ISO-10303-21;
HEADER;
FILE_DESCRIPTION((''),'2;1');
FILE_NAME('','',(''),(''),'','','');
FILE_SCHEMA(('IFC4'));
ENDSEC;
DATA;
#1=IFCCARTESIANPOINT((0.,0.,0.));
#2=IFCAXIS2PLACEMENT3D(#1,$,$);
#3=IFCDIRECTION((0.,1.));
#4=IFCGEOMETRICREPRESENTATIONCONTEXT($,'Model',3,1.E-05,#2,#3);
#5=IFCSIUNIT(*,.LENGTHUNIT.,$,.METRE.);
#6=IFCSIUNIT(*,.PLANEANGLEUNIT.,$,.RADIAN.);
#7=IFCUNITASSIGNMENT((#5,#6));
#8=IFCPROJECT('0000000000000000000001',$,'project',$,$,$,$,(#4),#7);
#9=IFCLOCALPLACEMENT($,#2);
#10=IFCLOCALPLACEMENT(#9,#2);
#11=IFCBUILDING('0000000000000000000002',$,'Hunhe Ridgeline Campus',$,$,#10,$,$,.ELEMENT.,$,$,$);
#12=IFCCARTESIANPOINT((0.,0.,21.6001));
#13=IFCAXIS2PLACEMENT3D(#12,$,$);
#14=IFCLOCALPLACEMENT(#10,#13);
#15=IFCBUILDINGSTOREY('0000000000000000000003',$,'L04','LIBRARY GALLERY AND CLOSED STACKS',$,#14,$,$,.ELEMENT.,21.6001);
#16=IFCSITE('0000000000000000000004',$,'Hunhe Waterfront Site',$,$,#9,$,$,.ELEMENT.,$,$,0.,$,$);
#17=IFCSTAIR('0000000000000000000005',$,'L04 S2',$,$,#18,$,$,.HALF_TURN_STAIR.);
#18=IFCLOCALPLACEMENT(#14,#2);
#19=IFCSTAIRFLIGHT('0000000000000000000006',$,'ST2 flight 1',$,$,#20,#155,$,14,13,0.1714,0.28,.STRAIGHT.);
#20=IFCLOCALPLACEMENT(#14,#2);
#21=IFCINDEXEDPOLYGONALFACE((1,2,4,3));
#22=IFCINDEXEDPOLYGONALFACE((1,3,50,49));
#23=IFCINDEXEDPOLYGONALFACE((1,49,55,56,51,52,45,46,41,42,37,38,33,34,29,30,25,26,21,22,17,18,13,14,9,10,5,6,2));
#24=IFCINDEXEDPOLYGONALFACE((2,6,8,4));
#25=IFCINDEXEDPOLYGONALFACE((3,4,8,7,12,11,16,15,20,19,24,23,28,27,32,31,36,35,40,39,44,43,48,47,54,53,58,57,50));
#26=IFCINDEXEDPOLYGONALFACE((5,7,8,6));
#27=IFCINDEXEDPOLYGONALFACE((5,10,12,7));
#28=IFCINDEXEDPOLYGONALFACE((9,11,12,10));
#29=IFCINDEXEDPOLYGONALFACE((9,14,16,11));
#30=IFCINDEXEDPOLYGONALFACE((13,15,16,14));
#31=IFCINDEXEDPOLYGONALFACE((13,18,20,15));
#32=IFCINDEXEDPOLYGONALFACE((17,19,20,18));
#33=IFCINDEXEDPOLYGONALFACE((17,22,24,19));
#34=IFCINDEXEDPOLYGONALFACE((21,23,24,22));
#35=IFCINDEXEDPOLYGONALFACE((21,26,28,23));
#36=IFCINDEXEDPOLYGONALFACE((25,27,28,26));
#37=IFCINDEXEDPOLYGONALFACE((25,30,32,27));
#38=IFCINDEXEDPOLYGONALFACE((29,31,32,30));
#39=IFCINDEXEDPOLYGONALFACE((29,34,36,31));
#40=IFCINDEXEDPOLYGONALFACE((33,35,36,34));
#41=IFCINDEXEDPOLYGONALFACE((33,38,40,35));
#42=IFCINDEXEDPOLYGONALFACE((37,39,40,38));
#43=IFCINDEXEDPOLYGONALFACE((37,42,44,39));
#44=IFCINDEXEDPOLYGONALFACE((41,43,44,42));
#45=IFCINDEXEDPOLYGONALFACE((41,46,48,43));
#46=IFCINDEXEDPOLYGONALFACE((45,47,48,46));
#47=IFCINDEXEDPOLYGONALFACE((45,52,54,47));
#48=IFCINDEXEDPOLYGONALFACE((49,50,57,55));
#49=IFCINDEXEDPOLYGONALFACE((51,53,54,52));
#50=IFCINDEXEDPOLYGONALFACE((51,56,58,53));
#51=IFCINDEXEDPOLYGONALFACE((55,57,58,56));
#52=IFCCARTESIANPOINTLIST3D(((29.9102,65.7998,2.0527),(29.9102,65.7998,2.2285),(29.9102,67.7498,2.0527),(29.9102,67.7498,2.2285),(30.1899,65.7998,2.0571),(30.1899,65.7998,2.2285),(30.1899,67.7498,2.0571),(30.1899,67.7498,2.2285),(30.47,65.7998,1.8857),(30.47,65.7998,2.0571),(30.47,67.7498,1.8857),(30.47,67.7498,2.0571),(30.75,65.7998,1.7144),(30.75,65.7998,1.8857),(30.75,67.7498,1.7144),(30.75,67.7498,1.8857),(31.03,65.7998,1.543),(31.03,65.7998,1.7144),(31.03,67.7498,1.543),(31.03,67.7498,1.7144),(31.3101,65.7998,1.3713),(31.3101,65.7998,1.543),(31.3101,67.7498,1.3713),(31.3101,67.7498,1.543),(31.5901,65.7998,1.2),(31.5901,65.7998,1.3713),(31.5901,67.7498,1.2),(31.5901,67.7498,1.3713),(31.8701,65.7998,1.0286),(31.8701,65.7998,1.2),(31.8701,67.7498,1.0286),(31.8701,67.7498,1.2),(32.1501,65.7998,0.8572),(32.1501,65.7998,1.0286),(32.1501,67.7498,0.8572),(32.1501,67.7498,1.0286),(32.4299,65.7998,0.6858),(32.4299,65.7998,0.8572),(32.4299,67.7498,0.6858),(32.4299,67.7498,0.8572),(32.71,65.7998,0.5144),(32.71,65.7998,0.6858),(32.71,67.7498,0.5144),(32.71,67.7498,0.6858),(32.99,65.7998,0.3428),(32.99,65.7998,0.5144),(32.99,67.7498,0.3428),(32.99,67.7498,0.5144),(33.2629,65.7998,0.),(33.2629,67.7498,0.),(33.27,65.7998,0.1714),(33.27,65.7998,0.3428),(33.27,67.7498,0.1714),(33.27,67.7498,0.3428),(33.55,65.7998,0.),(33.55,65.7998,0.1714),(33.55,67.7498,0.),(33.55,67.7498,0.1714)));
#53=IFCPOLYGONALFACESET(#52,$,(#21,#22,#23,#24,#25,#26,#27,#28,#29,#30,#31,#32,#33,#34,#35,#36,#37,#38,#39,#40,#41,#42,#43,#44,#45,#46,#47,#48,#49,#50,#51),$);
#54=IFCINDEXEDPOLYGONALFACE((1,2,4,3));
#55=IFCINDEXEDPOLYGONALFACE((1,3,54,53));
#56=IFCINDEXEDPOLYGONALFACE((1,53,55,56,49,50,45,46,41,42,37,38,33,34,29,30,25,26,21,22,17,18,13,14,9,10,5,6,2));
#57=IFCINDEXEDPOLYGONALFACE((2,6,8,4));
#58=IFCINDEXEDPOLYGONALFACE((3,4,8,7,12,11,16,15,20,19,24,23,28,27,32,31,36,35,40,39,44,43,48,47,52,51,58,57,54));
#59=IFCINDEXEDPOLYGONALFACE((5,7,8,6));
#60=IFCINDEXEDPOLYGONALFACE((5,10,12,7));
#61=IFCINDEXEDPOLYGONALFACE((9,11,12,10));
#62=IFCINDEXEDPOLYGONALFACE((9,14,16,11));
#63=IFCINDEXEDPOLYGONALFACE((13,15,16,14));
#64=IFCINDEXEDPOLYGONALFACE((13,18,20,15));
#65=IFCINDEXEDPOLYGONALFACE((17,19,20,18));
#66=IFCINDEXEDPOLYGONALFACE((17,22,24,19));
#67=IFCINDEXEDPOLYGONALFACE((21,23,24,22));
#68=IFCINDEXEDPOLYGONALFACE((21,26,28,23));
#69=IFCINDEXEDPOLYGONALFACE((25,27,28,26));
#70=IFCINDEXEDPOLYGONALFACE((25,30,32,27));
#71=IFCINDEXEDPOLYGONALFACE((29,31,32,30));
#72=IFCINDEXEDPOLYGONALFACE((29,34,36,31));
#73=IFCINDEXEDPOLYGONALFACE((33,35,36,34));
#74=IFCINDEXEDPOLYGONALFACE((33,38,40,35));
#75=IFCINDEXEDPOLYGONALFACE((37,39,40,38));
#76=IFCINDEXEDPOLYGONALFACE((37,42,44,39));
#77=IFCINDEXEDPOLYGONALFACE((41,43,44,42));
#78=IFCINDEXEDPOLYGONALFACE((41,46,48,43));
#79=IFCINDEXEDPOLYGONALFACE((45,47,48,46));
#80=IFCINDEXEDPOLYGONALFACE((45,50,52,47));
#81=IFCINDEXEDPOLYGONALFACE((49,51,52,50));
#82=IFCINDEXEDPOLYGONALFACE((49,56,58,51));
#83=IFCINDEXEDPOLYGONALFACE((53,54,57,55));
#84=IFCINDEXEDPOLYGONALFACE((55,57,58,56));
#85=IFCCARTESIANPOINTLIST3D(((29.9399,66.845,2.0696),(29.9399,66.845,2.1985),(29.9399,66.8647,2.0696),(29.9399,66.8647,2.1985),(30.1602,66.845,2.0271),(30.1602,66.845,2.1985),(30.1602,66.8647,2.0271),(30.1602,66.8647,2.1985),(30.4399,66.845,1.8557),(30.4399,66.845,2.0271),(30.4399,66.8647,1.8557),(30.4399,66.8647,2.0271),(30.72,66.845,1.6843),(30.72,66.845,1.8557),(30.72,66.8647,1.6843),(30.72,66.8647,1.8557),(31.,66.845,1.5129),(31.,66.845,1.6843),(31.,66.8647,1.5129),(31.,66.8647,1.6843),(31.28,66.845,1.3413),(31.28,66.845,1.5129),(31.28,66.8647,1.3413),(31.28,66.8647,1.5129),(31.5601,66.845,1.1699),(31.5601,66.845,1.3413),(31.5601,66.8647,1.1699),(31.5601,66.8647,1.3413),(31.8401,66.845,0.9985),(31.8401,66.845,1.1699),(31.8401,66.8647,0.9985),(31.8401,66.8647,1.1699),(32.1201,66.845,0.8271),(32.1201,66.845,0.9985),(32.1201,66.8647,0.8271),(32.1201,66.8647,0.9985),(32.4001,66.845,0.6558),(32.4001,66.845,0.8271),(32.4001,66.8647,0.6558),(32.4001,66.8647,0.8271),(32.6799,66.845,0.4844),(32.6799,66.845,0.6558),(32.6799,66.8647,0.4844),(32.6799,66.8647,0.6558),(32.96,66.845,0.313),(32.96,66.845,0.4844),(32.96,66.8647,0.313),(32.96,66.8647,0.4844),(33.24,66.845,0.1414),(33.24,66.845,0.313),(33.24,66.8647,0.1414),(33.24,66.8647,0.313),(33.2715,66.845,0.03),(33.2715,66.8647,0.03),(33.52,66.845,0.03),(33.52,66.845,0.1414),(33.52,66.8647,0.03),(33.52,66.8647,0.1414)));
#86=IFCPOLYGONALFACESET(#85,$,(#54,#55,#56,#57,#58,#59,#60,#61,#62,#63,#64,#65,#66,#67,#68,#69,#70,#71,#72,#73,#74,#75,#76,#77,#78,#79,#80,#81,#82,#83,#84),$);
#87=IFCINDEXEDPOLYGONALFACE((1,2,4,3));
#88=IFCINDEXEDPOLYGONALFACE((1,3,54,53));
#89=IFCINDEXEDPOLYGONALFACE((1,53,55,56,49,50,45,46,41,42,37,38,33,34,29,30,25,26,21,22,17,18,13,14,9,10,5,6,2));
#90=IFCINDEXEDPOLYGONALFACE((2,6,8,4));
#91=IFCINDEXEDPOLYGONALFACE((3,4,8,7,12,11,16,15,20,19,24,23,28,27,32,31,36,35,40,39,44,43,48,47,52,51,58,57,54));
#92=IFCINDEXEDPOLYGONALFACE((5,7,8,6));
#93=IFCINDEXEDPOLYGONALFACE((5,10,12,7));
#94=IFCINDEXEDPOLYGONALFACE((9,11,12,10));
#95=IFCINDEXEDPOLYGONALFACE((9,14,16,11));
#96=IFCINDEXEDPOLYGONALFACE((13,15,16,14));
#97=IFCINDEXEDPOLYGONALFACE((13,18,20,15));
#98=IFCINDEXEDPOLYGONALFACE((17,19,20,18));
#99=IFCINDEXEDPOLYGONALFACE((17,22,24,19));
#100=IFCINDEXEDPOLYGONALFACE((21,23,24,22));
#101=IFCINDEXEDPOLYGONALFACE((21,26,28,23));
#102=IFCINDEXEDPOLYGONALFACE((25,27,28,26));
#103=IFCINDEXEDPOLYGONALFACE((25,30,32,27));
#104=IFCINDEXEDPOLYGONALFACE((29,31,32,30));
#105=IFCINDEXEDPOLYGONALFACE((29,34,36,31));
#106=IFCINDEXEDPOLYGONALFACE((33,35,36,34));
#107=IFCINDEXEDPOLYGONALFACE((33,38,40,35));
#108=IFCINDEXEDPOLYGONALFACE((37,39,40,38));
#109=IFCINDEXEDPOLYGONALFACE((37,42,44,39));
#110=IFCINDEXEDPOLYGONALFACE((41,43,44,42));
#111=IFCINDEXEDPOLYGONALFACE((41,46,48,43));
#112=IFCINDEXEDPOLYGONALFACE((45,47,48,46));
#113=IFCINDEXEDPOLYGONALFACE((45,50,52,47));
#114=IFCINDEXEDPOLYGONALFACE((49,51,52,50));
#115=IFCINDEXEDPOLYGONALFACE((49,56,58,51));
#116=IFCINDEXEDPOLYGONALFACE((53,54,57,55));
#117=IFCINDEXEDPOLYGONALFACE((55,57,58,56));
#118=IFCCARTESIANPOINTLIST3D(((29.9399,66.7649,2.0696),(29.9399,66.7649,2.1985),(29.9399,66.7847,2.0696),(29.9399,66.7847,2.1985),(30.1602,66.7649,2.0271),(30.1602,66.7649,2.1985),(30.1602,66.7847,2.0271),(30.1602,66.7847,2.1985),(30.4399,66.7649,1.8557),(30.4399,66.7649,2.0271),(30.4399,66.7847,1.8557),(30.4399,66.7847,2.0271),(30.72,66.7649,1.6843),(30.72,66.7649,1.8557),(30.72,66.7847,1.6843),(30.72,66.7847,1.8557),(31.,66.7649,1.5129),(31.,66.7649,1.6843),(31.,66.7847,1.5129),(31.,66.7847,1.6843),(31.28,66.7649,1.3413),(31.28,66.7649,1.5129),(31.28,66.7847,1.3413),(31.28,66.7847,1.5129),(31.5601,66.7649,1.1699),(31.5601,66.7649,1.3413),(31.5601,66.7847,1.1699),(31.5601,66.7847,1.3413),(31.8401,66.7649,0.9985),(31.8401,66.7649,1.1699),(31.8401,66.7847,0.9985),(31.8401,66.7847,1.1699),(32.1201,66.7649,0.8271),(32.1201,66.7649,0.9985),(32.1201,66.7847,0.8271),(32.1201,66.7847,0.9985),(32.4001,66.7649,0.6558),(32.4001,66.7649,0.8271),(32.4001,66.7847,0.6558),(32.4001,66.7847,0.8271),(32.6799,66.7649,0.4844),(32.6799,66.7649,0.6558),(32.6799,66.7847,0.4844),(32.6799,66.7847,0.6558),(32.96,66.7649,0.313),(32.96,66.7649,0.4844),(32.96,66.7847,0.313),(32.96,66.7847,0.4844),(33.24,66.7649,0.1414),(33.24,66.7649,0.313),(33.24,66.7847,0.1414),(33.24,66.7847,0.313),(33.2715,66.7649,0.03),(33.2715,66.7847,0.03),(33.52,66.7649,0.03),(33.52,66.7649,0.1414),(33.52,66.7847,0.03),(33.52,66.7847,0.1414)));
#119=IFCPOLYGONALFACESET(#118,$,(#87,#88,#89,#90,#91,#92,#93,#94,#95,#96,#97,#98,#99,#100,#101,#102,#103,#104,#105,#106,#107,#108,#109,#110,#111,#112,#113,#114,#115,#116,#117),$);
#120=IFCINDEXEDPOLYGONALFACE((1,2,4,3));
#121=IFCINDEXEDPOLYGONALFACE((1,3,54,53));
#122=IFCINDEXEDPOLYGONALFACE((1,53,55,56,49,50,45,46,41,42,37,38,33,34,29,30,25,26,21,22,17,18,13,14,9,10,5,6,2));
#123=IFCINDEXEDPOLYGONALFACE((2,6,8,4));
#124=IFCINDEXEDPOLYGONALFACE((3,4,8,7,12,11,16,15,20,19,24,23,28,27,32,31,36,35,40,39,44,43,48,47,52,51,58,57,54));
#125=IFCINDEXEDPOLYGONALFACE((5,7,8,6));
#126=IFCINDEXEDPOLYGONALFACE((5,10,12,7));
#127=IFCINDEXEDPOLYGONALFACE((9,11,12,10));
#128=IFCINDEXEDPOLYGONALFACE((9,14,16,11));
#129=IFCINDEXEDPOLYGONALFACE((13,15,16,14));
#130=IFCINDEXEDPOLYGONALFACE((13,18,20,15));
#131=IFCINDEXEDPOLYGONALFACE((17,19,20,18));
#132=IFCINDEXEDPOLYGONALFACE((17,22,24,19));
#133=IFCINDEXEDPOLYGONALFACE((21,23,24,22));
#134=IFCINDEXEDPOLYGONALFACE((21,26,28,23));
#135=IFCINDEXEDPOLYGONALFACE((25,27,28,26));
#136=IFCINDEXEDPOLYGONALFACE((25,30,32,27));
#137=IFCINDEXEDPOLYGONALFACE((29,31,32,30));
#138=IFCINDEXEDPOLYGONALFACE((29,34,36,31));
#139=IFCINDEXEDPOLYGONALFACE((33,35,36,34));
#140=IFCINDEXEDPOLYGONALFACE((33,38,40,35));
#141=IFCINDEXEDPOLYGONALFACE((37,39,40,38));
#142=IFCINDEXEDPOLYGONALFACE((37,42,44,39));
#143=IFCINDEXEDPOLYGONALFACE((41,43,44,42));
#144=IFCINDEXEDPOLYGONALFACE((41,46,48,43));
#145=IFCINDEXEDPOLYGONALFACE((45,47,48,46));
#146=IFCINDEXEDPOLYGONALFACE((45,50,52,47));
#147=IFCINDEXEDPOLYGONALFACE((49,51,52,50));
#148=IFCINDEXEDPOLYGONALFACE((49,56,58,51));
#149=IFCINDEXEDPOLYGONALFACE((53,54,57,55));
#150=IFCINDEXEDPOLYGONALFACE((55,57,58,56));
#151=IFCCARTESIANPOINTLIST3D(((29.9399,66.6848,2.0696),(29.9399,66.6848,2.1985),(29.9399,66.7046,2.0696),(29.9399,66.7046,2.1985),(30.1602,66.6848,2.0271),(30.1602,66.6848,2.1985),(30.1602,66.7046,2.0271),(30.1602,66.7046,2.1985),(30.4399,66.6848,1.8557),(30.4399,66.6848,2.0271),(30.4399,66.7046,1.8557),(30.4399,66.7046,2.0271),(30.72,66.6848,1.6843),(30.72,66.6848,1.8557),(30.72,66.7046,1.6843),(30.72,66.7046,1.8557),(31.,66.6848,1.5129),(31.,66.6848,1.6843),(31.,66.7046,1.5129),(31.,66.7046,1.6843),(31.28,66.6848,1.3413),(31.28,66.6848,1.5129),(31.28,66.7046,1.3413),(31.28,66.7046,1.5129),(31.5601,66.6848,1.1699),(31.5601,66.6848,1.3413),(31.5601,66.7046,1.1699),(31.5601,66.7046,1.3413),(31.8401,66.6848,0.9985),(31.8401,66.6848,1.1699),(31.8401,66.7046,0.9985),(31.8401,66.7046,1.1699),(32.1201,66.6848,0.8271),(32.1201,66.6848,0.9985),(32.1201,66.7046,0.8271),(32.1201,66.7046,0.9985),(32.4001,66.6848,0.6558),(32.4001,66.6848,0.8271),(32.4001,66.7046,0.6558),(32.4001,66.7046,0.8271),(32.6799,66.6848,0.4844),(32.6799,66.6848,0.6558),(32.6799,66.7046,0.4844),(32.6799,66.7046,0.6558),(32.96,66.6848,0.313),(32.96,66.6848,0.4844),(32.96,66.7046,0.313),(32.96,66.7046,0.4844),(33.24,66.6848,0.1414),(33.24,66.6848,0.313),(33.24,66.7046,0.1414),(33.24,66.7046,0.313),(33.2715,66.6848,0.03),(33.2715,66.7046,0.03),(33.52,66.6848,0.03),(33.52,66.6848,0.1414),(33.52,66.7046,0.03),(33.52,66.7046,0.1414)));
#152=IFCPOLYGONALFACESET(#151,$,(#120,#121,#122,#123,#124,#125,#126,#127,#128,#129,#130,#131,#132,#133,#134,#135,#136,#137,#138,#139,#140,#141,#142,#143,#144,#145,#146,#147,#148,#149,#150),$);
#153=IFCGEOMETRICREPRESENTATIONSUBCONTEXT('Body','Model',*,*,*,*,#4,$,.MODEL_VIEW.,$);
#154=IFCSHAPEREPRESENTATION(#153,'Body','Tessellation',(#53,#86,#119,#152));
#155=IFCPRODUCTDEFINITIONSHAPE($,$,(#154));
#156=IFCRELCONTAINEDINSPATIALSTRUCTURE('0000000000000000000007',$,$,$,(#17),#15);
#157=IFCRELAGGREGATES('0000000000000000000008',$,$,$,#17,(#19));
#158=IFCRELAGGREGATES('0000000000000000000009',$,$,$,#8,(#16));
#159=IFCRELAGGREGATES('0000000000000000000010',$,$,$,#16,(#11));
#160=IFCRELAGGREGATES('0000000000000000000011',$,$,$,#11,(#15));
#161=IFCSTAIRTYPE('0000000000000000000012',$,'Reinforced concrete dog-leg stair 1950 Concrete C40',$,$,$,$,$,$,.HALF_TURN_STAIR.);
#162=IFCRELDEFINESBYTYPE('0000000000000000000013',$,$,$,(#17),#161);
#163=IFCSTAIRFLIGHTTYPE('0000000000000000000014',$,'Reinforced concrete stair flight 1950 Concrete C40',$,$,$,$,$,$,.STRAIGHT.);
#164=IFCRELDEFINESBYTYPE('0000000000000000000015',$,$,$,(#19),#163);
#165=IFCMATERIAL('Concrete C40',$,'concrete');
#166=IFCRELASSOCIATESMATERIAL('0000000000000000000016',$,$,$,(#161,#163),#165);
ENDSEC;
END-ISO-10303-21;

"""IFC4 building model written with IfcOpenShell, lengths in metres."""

from ifc_helpers import new_model, si_unit, direction, frame, origin, place, context, subcontext, project, spatial, polyline, outline, extrude, material, type_object, element, aggregate, save


model = new_model("IFC4")

# Units and contexts
model_context = context("Model", 3, precision=1e-05, world=origin(), true_north=direction((0.0, 1.0)))
body_context = subcontext(model_context, "Body", "Model", "MODEL_VIEW")
ifc_project = project(units=[si_unit("LENGTHUNIT", "METRE"), si_unit("PLANEANGLEUNIT", "RADIAN")], contexts=[model_context])

# Site, building, storey
site_placement = place(None, origin())
site = spatial("IfcSite", under=ifc_project, at=site_placement, Name="Hunhe Waterfront Site", CompositionType="ELEMENT", RefElevation=0.0)
building_placement = place(site_placement, origin())
building = spatial("IfcBuilding", under=site, at=building_placement, Name="Hunhe Ridgeline Campus", CompositionType="ELEMENT")
storey_placement = place(building_placement, frame((0.0, 0.0, 21.6001)))
storey = spatial("IfcBuildingStorey", under=building, at=storey_placement, Name="L04", Description="LIBRARY GALLERY AND CLOSED STACKS", CompositionType="ELEMENT", Elevation=21.6001)

# Stair, stair flight
ifc_material_1 = material(Name="Concrete C40", Category="concrete")
stair_type = type_object("IfcStairType", Name="Reinforced concrete dog-leg stair 1950 Concrete C40", PredefinedType="HALF_TURN_STAIR", material=ifc_material_1)
stair_placement = place(storey_placement, origin())
stair = element("IfcStair", 1, at=stair_placement, inside=storey, type_object=stair_type, Name="L04 S2", PredefinedType="HALF_TURN_STAIR")
stair_flight_type = type_object("IfcStairFlightType", Name="Reinforced concrete stair flight 1950 Concrete C40", PredefinedType="STRAIGHT", material=ifc_material_1)
stair_flight_placement = place(storey_placement, frame((33.55, 66.7749, 0.0), z_axis=(0.0, 0.0, 1.0), x_axis=(-1.0, 0.0, 0.0)))
stair_flight = element("IfcStairFlight", 2, at=stair_flight_placement, type_object=stair_flight_type, Name="ST2 flight 1", NumberOfRisers=14, NumberOfTreads=13, PredefinedType="STRAIGHT", RiserHeight=0.1714, TreadLength=0.28, context=body_context, shape_type="SweptSolid", body=[
    extrude(outline(polyline([(0.0, 0.0), (0.0, 0.1714), (0.28, 0.1714), (0.28, 0.3428), (0.5601, 0.3428), (0.5601, 0.5144), (0.8401, 0.5144), (0.8401, 0.6858), (1.1201, 0.6858), (1.1201, 0.8572), (1.3999, 0.8572), (1.3999, 1.0286), (1.6799, 1.0286), (1.6799, 1.2), (1.96, 1.2), (1.96, 1.3713), (2.24, 1.3713), (2.24, 1.543), (2.52, 1.543), (2.52, 1.7144), (2.8, 1.7144), (2.8, 1.8857), (3.0801, 1.8857), (3.0801, 2.0571), (3.3601, 2.0571), (3.3601, 2.2285), (3.6399, 2.2285), (3.6399, 2.3999), (3.6399, 2.0527), (0.2871, 0.0), (0.0, 0.0)])), frame((0.0, 0.9751, 0.0), z_axis=(0.0, -1.0, 0.0), x_axis=(1.0, 0.0, 0.0)), (0.0, 0.0, 1.0), 1.95),
    extrude(outline(polyline([(0.03, 0.03), (0.03, 0.1414), (0.3101, 0.1414), (0.3101, 0.313), (0.5901, 0.313), (0.5901, 0.4844), (0.8701, 0.4844), (0.8701, 0.6558), (1.1499, 0.6558), (1.1499, 0.8271), (1.4299, 0.8271), (1.4299, 0.9985), (1.71, 0.9985), (1.71, 1.1699), (1.99, 1.1699), (1.99, 1.3413), (2.27, 1.3413), (2.27, 1.5129), (2.55, 1.5129), (2.55, 1.6843), (2.8301, 1.6843), (2.8301, 1.8557), (3.1101, 1.8557), (3.1101, 2.0271), (3.3899, 2.0271), (3.3899, 2.1985), (3.6101, 2.1985), (3.6101, 2.0696), (0.2786, 0.03), (0.03, 0.03)])), frame((0.0, -0.0701, 0.0), z_axis=(0.0, -1.0, 0.0), x_axis=(1.0, 0.0, 0.0)), (0.0, 0.0, 1.0), 0.0198),
    extrude(outline(polyline([(0.03, 0.03), (0.03, 0.1414), (0.3101, 0.1414), (0.3101, 0.313), (0.5901, 0.313), (0.5901, 0.4844), (0.8701, 0.4844), (0.8701, 0.6558), (1.1499, 0.6558), (1.1499, 0.8271), (1.4299, 0.8271), (1.4299, 0.9985), (1.71, 0.9985), (1.71, 1.1699), (1.99, 1.1699), (1.99, 1.3413), (2.27, 1.3413), (2.27, 1.5129), (2.55, 1.5129), (2.55, 1.6843), (2.8301, 1.6843), (2.8301, 1.8557), (3.1101, 1.8557), (3.1101, 2.0271), (3.3899, 2.0271), (3.3899, 2.1985), (3.6101, 2.1985), (3.6101, 2.0696), (0.2786, 0.03), (0.03, 0.03)])), frame((0.0, 0.01, 0.0), z_axis=(0.0, -1.0, 0.0), x_axis=(1.0, 0.0, 0.0)), (0.0, 0.0, 1.0), 0.0198),
    extrude(outline(polyline([(0.03, 0.03), (0.03, 0.1414), (0.3101, 0.1414), (0.3101, 0.313), (0.5901, 0.313), (0.5901, 0.4844), (0.8701, 0.4844), (0.8701, 0.6558), (1.1499, 0.6558), (1.1499, 0.8271), (1.4299, 0.8271), (1.4299, 0.9985), (1.71, 0.9985), (1.71, 1.1699), (1.99, 1.1699), (1.99, 1.3413), (2.27, 1.3413), (2.27, 1.5129), (2.55, 1.5129), (2.55, 1.6843), (2.8301, 1.6843), (2.8301, 1.8557), (3.1101, 1.8557), (3.1101, 2.0271), (3.3899, 2.0271), (3.3899, 2.1985), (3.6101, 2.1985), (3.6101, 2.0696), (0.2786, 0.03), (0.03, 0.03)])), frame((0.0, 0.0901, 0.0), z_axis=(0.0, -1.0, 0.0), x_axis=(1.0, 0.0, 0.0)), (0.0, 0.0, 1.0), 0.0198),
])
aggregate(stair, [stair_flight])

save(model, "model.ifc")
